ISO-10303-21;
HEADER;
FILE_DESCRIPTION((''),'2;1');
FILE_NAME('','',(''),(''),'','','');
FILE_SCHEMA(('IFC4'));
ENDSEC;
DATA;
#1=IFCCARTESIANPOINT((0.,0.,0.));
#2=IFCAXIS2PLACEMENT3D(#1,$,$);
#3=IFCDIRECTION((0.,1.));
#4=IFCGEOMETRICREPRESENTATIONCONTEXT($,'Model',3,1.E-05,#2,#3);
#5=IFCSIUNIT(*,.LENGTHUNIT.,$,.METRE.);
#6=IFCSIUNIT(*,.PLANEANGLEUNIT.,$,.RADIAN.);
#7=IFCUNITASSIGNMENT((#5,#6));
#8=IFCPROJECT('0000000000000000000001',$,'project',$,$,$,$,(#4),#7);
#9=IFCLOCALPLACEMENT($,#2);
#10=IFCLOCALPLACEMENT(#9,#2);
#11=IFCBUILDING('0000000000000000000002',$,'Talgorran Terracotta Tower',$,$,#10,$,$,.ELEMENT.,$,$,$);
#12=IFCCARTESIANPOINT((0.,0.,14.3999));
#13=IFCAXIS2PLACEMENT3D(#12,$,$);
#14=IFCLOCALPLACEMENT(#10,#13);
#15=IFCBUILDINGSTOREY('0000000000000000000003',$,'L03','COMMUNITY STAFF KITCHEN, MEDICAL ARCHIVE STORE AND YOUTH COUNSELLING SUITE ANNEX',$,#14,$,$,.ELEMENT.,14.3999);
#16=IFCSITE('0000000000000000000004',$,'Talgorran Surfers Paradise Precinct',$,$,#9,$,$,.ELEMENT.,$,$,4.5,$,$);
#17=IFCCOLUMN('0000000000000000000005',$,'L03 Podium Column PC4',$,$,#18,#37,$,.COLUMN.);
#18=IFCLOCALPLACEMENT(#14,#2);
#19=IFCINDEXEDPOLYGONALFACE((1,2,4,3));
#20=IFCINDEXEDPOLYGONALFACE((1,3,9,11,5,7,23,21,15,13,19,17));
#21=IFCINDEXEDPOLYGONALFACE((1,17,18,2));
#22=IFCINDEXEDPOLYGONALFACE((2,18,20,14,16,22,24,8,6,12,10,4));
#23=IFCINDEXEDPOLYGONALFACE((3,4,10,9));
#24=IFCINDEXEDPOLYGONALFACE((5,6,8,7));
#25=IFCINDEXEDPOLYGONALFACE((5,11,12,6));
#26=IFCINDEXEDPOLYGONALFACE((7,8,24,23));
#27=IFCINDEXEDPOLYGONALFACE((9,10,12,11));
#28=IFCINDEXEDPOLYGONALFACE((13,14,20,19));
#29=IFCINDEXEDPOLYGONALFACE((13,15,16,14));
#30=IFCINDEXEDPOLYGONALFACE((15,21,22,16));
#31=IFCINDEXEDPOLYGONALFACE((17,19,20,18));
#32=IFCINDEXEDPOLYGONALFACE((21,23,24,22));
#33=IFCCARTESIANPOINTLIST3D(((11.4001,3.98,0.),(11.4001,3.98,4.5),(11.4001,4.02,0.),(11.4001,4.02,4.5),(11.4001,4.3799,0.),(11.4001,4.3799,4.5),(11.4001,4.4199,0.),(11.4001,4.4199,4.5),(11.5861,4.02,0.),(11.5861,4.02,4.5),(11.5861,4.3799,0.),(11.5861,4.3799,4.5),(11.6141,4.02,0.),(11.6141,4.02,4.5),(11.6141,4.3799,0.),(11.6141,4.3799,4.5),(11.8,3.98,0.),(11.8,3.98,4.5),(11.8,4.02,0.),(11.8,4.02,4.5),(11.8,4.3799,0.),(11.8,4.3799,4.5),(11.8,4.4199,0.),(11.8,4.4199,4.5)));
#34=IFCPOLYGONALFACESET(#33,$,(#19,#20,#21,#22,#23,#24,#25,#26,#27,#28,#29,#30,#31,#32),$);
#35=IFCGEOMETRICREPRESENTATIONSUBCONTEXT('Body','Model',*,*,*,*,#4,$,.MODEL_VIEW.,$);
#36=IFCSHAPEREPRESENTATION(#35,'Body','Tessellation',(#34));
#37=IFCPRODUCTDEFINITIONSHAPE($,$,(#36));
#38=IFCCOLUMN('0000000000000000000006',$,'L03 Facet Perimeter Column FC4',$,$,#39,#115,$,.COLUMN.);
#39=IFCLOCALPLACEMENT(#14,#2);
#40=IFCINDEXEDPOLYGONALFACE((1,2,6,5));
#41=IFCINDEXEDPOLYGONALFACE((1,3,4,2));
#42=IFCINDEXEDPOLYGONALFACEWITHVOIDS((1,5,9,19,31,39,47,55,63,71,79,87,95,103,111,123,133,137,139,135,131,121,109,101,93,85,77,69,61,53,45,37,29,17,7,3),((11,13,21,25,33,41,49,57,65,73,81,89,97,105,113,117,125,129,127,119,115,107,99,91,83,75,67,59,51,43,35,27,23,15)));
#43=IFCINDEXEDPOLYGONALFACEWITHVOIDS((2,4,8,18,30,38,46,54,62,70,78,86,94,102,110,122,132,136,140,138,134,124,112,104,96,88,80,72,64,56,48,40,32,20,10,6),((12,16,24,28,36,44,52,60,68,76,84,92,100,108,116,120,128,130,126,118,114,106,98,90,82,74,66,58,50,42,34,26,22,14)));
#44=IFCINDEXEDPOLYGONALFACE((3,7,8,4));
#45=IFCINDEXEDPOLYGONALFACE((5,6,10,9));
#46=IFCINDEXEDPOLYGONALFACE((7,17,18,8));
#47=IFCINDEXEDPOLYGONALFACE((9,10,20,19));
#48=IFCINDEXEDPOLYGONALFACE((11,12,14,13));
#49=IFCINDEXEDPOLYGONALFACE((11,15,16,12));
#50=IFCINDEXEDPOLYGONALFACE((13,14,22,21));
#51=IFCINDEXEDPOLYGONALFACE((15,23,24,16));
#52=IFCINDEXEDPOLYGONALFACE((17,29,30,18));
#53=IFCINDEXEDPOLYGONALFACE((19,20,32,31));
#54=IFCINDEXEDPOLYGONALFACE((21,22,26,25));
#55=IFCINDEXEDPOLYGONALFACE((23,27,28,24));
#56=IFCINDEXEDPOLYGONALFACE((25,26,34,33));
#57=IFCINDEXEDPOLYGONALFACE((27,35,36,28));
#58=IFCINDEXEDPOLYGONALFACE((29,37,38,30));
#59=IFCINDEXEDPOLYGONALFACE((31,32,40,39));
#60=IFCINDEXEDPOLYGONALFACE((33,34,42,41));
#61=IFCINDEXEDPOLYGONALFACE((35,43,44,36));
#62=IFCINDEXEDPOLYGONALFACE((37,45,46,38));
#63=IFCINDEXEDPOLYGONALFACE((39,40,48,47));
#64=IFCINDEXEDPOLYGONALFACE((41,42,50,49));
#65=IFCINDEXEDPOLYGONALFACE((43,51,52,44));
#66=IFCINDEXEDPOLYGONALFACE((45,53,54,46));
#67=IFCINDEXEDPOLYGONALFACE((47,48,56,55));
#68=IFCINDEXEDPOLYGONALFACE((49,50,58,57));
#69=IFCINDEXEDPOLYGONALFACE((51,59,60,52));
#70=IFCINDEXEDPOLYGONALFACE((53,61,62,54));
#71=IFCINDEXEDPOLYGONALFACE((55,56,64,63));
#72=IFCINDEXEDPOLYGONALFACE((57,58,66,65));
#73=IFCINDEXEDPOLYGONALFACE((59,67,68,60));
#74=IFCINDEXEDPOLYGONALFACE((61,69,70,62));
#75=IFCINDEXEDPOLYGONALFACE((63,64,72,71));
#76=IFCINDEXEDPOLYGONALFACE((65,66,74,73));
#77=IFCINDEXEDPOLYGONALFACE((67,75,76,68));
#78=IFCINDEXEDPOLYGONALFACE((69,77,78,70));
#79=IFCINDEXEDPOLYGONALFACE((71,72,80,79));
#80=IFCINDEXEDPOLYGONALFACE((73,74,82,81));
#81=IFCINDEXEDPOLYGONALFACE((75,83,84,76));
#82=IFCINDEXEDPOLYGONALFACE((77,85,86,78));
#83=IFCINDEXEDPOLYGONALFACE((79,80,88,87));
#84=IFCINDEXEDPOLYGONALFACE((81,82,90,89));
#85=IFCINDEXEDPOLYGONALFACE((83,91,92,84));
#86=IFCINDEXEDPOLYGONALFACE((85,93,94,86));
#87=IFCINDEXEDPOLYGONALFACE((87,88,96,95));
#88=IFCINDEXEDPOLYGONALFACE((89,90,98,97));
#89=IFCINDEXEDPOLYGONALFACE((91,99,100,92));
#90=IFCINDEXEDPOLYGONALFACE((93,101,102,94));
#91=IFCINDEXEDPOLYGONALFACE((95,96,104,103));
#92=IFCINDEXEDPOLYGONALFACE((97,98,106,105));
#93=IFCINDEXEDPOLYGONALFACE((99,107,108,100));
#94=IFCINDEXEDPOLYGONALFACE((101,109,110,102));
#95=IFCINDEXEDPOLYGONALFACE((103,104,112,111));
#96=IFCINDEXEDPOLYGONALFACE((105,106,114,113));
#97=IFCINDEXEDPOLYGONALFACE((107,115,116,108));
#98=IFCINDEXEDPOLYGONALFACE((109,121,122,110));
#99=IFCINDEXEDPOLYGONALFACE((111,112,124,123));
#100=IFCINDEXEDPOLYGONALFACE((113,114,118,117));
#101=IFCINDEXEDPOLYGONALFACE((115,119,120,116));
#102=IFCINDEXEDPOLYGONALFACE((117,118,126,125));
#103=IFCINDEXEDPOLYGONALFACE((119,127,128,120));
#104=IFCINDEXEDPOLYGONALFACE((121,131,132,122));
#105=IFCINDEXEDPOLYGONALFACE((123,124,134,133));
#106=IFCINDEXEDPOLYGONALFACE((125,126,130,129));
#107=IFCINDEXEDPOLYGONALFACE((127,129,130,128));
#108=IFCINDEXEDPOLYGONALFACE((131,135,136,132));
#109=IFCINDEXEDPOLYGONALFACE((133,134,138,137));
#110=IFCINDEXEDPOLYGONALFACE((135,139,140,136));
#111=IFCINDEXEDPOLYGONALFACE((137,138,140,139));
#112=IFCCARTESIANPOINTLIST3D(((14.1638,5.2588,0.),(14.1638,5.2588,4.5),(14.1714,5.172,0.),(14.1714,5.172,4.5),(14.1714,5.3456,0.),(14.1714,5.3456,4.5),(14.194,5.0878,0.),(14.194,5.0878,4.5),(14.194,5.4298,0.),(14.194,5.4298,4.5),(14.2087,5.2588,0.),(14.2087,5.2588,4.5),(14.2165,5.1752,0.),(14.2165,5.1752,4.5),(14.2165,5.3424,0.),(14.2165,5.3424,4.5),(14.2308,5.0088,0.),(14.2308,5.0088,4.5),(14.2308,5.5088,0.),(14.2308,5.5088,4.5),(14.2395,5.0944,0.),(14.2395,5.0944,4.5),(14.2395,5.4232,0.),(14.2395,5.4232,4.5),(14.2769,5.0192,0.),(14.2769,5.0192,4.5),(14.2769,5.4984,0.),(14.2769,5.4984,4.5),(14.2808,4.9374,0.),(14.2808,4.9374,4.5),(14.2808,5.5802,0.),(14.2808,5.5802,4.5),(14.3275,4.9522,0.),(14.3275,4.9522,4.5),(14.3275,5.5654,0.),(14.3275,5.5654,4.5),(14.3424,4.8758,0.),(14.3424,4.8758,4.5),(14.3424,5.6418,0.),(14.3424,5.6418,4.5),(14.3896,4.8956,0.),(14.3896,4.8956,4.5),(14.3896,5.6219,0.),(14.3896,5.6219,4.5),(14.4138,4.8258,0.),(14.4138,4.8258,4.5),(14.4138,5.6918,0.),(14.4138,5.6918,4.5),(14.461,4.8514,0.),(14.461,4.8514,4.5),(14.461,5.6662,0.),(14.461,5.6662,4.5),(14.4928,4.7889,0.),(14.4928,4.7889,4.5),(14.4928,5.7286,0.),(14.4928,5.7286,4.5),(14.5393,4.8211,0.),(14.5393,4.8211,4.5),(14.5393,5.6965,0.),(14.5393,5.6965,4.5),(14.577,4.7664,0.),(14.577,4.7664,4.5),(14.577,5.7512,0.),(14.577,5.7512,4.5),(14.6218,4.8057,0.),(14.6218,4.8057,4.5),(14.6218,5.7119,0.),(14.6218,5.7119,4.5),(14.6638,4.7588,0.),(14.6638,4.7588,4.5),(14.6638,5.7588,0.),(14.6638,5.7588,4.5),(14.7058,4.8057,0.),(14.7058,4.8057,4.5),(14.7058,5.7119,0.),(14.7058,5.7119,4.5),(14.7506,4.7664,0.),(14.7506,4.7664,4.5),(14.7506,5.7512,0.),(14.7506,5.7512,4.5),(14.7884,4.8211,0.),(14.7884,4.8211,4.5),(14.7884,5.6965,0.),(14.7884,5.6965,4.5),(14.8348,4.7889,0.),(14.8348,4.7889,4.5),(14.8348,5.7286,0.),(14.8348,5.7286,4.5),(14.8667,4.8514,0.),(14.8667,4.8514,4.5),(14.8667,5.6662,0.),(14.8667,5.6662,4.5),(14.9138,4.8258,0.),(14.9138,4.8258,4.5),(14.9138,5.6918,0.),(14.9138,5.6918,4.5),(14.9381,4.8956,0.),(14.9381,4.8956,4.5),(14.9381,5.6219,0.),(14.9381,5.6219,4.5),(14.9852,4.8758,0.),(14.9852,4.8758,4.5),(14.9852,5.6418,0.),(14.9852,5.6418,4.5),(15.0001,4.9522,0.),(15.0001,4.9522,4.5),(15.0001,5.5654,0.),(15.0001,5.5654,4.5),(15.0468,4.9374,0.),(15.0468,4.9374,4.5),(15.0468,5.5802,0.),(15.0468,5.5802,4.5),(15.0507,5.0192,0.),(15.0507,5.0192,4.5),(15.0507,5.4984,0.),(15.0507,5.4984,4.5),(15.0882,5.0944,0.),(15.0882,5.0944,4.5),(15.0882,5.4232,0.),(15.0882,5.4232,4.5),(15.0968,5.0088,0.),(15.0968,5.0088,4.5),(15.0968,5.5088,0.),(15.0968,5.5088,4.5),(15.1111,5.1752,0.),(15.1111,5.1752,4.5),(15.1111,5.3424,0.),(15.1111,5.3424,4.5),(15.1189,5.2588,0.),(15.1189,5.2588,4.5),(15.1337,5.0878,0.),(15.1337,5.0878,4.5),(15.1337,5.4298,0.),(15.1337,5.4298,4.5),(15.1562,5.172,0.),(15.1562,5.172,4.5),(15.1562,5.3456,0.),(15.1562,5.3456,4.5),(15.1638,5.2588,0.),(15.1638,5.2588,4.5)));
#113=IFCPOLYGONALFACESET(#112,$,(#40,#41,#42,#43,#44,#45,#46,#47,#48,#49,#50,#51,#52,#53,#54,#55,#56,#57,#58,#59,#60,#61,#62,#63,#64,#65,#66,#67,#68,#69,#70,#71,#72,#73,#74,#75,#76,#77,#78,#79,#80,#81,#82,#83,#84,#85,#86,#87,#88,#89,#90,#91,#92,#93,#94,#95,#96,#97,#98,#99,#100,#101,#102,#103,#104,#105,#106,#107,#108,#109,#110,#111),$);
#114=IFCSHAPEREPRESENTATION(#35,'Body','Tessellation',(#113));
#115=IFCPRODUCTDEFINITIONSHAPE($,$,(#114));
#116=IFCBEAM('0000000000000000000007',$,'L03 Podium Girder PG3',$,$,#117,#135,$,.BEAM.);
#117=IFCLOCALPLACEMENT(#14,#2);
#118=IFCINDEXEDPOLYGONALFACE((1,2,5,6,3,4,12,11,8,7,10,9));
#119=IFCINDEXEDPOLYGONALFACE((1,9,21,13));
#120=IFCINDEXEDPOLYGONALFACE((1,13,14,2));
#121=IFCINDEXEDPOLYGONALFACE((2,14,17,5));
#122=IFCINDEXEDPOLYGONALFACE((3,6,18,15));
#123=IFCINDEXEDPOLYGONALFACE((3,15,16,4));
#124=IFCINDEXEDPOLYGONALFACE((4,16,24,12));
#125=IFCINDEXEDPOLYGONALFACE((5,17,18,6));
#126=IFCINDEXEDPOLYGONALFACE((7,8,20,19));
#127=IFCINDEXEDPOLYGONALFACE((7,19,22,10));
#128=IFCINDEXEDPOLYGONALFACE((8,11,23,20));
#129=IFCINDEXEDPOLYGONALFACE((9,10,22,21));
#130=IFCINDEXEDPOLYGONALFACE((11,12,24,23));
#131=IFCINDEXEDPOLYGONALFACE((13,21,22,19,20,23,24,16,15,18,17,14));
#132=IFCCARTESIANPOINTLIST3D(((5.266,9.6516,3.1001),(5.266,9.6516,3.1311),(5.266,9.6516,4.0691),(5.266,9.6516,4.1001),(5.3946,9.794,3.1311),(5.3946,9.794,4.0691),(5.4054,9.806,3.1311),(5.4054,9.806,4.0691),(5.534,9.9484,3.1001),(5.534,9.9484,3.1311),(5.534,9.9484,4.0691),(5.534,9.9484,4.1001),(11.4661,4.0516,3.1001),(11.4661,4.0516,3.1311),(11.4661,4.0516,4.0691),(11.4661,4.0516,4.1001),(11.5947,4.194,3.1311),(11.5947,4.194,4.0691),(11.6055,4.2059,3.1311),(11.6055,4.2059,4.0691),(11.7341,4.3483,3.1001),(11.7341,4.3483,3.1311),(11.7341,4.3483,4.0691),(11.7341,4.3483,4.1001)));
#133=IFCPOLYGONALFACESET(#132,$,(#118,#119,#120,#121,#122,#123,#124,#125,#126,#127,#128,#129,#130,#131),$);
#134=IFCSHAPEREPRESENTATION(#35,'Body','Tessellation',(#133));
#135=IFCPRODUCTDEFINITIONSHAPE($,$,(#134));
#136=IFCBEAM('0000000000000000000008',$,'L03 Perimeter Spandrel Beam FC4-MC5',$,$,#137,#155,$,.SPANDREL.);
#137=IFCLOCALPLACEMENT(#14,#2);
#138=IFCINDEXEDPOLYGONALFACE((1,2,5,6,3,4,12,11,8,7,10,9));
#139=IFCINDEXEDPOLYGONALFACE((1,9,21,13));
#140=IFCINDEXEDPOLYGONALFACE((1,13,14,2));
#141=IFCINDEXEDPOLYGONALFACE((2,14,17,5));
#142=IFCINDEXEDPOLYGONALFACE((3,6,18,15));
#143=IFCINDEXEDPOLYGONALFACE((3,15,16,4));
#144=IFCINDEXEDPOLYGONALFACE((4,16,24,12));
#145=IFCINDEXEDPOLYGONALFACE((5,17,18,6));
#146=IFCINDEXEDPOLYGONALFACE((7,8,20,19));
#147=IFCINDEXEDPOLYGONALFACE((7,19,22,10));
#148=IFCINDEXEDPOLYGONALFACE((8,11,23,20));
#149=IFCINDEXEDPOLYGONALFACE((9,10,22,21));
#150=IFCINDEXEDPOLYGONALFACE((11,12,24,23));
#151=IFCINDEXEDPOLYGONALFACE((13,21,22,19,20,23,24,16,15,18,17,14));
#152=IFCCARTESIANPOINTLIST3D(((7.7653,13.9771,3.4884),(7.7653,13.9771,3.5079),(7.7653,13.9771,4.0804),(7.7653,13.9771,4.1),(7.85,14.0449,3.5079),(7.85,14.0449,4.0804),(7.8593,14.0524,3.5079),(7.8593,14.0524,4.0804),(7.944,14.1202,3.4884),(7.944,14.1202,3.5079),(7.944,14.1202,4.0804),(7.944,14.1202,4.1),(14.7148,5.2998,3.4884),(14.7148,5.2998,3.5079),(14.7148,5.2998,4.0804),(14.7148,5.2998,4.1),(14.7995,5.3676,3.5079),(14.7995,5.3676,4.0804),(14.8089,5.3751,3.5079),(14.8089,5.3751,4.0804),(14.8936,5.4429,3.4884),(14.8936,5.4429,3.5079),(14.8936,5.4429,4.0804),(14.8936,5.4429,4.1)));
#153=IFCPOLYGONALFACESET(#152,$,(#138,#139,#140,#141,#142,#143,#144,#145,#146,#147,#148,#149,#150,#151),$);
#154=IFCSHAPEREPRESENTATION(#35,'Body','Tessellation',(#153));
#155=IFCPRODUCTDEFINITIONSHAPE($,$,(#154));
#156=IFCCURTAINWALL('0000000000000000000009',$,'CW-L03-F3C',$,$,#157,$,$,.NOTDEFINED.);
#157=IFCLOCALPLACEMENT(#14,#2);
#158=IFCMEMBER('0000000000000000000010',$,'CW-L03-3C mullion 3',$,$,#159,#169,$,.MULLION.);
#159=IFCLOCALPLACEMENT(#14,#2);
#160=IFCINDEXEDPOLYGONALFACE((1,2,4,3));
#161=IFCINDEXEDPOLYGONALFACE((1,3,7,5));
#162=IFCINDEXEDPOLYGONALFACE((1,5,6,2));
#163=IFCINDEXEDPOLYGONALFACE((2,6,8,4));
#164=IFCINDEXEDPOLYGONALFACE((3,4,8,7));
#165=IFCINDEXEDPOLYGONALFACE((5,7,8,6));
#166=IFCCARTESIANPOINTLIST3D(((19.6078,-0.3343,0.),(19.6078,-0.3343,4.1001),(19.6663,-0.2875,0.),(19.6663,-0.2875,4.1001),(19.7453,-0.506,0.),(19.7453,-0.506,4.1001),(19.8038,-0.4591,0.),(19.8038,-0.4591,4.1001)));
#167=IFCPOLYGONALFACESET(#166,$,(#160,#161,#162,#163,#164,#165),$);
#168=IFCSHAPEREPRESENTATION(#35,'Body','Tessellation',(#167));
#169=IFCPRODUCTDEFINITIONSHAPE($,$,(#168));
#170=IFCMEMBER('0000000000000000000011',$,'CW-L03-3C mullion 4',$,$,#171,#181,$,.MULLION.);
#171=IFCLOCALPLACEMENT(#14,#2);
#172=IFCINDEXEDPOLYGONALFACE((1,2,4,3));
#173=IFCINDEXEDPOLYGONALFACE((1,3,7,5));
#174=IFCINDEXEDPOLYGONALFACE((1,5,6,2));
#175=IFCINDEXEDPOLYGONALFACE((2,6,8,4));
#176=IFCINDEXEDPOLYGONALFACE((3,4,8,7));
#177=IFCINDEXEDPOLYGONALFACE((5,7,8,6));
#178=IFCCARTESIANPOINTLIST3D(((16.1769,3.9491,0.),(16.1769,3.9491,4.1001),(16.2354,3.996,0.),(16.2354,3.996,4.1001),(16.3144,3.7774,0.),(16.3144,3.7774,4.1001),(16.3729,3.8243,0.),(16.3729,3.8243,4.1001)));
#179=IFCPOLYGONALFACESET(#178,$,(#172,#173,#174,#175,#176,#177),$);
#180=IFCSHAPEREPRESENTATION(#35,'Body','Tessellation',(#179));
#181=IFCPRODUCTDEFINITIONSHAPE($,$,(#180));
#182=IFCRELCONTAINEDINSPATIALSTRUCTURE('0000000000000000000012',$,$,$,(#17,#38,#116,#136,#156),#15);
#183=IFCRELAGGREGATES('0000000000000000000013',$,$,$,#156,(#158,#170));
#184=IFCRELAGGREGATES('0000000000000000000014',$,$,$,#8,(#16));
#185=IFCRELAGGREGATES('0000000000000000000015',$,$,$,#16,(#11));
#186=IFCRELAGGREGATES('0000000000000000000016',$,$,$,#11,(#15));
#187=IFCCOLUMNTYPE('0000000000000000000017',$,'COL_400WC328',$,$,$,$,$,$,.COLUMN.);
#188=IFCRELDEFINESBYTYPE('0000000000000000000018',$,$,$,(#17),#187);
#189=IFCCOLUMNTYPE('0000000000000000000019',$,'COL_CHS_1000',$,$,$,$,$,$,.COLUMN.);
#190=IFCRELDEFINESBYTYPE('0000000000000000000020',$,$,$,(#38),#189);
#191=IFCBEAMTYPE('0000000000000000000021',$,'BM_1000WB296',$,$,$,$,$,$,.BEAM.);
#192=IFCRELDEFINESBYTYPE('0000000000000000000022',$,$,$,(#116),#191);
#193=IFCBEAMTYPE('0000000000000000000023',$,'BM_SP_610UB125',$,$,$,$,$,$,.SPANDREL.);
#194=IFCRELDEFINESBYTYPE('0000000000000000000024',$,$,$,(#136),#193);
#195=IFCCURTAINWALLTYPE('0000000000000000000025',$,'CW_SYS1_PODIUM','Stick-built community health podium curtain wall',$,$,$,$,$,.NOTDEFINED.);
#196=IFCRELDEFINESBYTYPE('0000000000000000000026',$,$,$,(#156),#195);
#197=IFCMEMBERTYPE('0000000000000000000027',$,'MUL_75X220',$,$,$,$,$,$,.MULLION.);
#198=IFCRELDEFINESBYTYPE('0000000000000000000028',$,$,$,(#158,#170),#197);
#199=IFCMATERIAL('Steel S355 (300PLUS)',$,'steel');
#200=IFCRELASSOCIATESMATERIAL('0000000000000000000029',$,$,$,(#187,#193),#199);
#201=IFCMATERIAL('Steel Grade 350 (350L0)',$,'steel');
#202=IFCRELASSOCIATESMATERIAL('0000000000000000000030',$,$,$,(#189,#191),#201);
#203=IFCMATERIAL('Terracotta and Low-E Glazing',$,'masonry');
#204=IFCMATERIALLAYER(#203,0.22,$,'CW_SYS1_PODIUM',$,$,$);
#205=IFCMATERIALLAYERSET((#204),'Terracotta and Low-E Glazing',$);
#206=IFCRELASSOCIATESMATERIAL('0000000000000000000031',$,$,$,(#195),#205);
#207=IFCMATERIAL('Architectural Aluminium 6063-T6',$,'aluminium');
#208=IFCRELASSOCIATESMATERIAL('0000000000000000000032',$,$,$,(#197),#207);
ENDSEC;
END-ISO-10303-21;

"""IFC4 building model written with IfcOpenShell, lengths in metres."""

from ifc_helpers import new_model, si_unit, direction, frame, origin, origin_2d, place, context, subcontext, project, spatial, rectangle, hollow_circle, i_section, extrude, material, layer, layer_set, material_profile, profile_set, type_object, element, aggregate, save


model = new_model("IFC4")

# Units and contexts
model_context = context("Model", 3, precision=1e-05, world=origin(), true_north=direction((0.0, 1.0)))
body_context = subcontext(model_context, "Body", "Model", "MODEL_VIEW")
ifc_project = project(units=[si_unit("LENGTHUNIT", "METRE"), si_unit("PLANEANGLEUNIT", "RADIAN")], contexts=[model_context])

# Site, building, storey
site_placement = place(None, origin())
site = spatial("IfcSite", under=ifc_project, at=site_placement, Name="Talgorran Surfers Paradise Precinct", CompositionType="ELEMENT", RefElevation=4.5)
building_placement = place(site_placement, origin())
building = spatial("IfcBuilding", under=site, at=building_placement, Name="Talgorran Terracotta Tower", CompositionType="ELEMENT")
storey_placement = place(building_placement, frame((0.0, 0.0, 14.3999)))
storey = spatial("IfcBuildingStorey", under=building, at=storey_placement, Name="L03", Description="COMMUNITY STAFF KITCHEN, MEDICAL ARCHIVE STORE AND YOUTH COUNSELLING SUITE ANNEX", CompositionType="ELEMENT", Elevation=14.3999)

# Columns
ifc_material_1 = material(Name="Steel S355 (300PLUS)", Category="steel")
ifc_material_profile_1 = material_profile(ifc_material_1, i_section(OverallWidth=0.3999, OverallDepth=0.4399, WebThickness=0.0281, FlangeThickness=0.04, at=origin_2d()), Name="400WC328")
ifc_profile_set_1 = profile_set([ifc_material_profile_1], Name="Steel S355 (300PLUS)")
column_type_1 = type_object("IfcColumnType", Name="COL_400WC328", PredefinedType="COLUMN", material=ifc_profile_set_1)
column_1_placement = place(storey_placement, frame((11.6001, 4.2, 0.0), z_axis=(0.0, 0.0, 1.0), x_axis=(1.0, 0.0, 0.0)))
element("IfcColumn", 1, at=column_1_placement, inside=storey, type_object=column_type_1, Name="L03 Podium Column PC4", PredefinedType="COLUMN", context=body_context, shape_type="SweptSolid", body=[
    extrude(i_section(OverallWidth=0.3999, OverallDepth=0.4399, WebThickness=0.0281, FlangeThickness=0.04, at=origin_2d()), origin(), (0.0, 0.0, 1.0), 4.5),
])
ifc_material_2 = material(Name="Steel Grade 350 (350L0)", Category="steel")
ifc_material_profile_2 = material_profile(ifc_material_2, hollow_circle(Radius=0.5, WallThickness=0.0449, at=origin_2d()), Name="CHS1000X45")
ifc_profile_set_2 = profile_set([ifc_material_profile_2], Name="Steel Grade 350 (350L0)")
column_type_2 = type_object("IfcColumnType", Name="COL_CHS_1000", PredefinedType="COLUMN", material=ifc_profile_set_2)
column_2_placement = place(storey_placement, frame((14.6638, 5.2588, 0.0), z_axis=(0.0, 0.0, 1.0), x_axis=(1.0, 0.0, 0.0)))
element("IfcColumn", 2, at=column_2_placement, inside=storey, type_object=column_type_2, Name="L03 Facet Perimeter Column FC4", PredefinedType="COLUMN", context=body_context, shape_type="SweptSolid", body=[
    extrude(hollow_circle(Radius=0.5, WallThickness=0.0449, at=origin_2d()), origin(), (0.0, 0.0, 1.0), 4.5),
])

# Beams
ifc_material_profile_3 = material_profile(ifc_material_2, i_section(OverallWidth=0.3999, OverallDepth=1.0, WebThickness=0.0161, FlangeThickness=0.031, at=origin_2d()), Name="1000WB296")
ifc_profile_set_3 = profile_set([ifc_material_profile_3], Name="Steel Grade 350 (350L0)")
beam_type_1 = type_object("IfcBeamType", Name="BM_1000WB296", PredefinedType="BEAM", material=ifc_profile_set_3)
beam_1_placement = place(storey_placement, frame((11.6001, 4.2, 3.6001), z_axis=(-0.742107, 0.670281, 0.0), x_axis=(-0.670281, -0.742107, 0.0)))
element("IfcBeam", 3, at=beam_1_placement, inside=storey, type_object=beam_type_1, Name="L03 Podium Girder PG3", PredefinedType="BEAM", context=body_context, shape_type="SweptSolid", body=[
    extrude(i_section(OverallWidth=0.3999, OverallDepth=1.0, WebThickness=0.0161, FlangeThickness=0.031, at=origin_2d()), origin(), (0.0, 0.0, 1.0), 8.3547),
])
ifc_material_profile_4 = material_profile(ifc_material_1, i_section(OverallWidth=0.229, OverallDepth=0.6116, WebThickness=0.012, FlangeThickness=0.0195, at=origin_2d()), Name="610UB125")
ifc_profile_set_4 = profile_set([ifc_material_profile_4], Name="Steel S355 (300PLUS)")
beam_type_2 = type_object("IfcBeamType", Name="BM_SP_610UB125", PredefinedType="SPANDREL", material=ifc_profile_set_4)
beam_2_placement = place(storey_placement, frame((14.8042, 5.3713, 3.7942), z_axis=(-0.625115, 0.780532, 0.0), x_axis=(-0.780532, -0.625115, 0.0)))
element("IfcBeam", 4, at=beam_2_placement, inside=storey, type_object=beam_type_2, Name="L03 Perimeter Spandrel Beam FC4-MC5", PredefinedType="SPANDREL", context=body_context, shape_type="SweptSolid", body=[
    extrude(i_section(OverallWidth=0.229, OverallDepth=0.6116, WebThickness=0.012, FlangeThickness=0.0195, at=origin_2d()), origin(), (0.0, 0.0, 1.0), 11.1172),
])

# Curtain wall, members
ifc_material_3 = material(Name="Terracotta and Low-E Glazing", Category="masonry")
ifc_layer_1 = layer(ifc_material_3, 0.22, Name="CW_SYS1_PODIUM")
ifc_layer_set_1 = layer_set([ifc_layer_1], Name="Terracotta and Low-E Glazing")
curtain_wall_type = type_object("IfcCurtainWallType", Name="CW_SYS1_PODIUM", Description="Stick-built community health podium curtain wall", PredefinedType="NOTDEFINED", material=ifc_layer_set_1)
curtain_wall_placement = place(storey_placement, origin())
curtain_wall = element("IfcCurtainWall", 5, at=curtain_wall_placement, inside=storey, type_object=curtain_wall_type, Name="CW-L03-F3C", PredefinedType="NOTDEFINED")
ifc_material_4 = material(Name="Architectural Aluminium 6063-T6", Category="aluminium")
ifc_material_profile_5 = material_profile(ifc_material_4, rectangle(XDim=0.075, YDim=0.22, at=origin_2d()), Name="CWM75X220")
ifc_profile_set_5 = profile_set([ifc_material_profile_5], Name="Architectural Aluminium 6063-T6")
member_type_1 = type_object("IfcMemberType", Name="MUL_75X220", PredefinedType="MULLION", material=ifc_profile_set_5)
member_1_placement = place(storey_placement, frame((19.7058, -0.3967, 0.0), z_axis=(0.0, 0.0, 1.0), x_axis=(-0.780531, -0.625117, 0.0)))
member_1 = element("IfcMember", 6, at=member_1_placement, type_object=member_type_1, Name="CW-L03-3C mullion 3", PredefinedType="MULLION", context=body_context, shape_type="SweptSolid", body=[
    extrude(rectangle(XDim=0.075, YDim=0.22, at=origin_2d()), origin(), (0.0, 0.0, 1.0), 4.1001),
])
member_2_placement = place(storey_placement, frame((16.2749, 3.8867, 0.0), z_axis=(0.0, 0.0, 1.0), x_axis=(-0.780531, -0.625117, 0.0)))
member_2 = element("IfcMember", 7, at=member_2_placement, type_object=member_type_1, Name="CW-L03-3C mullion 4", PredefinedType="MULLION", context=body_context, shape_type="SweptSolid", body=[
    extrude(rectangle(XDim=0.075, YDim=0.22, at=origin_2d()), origin(), (0.0, 0.0, 1.0), 4.1001),
])
aggregate(curtain_wall, [member_1, member_2])

save(model, "model.ifc")
